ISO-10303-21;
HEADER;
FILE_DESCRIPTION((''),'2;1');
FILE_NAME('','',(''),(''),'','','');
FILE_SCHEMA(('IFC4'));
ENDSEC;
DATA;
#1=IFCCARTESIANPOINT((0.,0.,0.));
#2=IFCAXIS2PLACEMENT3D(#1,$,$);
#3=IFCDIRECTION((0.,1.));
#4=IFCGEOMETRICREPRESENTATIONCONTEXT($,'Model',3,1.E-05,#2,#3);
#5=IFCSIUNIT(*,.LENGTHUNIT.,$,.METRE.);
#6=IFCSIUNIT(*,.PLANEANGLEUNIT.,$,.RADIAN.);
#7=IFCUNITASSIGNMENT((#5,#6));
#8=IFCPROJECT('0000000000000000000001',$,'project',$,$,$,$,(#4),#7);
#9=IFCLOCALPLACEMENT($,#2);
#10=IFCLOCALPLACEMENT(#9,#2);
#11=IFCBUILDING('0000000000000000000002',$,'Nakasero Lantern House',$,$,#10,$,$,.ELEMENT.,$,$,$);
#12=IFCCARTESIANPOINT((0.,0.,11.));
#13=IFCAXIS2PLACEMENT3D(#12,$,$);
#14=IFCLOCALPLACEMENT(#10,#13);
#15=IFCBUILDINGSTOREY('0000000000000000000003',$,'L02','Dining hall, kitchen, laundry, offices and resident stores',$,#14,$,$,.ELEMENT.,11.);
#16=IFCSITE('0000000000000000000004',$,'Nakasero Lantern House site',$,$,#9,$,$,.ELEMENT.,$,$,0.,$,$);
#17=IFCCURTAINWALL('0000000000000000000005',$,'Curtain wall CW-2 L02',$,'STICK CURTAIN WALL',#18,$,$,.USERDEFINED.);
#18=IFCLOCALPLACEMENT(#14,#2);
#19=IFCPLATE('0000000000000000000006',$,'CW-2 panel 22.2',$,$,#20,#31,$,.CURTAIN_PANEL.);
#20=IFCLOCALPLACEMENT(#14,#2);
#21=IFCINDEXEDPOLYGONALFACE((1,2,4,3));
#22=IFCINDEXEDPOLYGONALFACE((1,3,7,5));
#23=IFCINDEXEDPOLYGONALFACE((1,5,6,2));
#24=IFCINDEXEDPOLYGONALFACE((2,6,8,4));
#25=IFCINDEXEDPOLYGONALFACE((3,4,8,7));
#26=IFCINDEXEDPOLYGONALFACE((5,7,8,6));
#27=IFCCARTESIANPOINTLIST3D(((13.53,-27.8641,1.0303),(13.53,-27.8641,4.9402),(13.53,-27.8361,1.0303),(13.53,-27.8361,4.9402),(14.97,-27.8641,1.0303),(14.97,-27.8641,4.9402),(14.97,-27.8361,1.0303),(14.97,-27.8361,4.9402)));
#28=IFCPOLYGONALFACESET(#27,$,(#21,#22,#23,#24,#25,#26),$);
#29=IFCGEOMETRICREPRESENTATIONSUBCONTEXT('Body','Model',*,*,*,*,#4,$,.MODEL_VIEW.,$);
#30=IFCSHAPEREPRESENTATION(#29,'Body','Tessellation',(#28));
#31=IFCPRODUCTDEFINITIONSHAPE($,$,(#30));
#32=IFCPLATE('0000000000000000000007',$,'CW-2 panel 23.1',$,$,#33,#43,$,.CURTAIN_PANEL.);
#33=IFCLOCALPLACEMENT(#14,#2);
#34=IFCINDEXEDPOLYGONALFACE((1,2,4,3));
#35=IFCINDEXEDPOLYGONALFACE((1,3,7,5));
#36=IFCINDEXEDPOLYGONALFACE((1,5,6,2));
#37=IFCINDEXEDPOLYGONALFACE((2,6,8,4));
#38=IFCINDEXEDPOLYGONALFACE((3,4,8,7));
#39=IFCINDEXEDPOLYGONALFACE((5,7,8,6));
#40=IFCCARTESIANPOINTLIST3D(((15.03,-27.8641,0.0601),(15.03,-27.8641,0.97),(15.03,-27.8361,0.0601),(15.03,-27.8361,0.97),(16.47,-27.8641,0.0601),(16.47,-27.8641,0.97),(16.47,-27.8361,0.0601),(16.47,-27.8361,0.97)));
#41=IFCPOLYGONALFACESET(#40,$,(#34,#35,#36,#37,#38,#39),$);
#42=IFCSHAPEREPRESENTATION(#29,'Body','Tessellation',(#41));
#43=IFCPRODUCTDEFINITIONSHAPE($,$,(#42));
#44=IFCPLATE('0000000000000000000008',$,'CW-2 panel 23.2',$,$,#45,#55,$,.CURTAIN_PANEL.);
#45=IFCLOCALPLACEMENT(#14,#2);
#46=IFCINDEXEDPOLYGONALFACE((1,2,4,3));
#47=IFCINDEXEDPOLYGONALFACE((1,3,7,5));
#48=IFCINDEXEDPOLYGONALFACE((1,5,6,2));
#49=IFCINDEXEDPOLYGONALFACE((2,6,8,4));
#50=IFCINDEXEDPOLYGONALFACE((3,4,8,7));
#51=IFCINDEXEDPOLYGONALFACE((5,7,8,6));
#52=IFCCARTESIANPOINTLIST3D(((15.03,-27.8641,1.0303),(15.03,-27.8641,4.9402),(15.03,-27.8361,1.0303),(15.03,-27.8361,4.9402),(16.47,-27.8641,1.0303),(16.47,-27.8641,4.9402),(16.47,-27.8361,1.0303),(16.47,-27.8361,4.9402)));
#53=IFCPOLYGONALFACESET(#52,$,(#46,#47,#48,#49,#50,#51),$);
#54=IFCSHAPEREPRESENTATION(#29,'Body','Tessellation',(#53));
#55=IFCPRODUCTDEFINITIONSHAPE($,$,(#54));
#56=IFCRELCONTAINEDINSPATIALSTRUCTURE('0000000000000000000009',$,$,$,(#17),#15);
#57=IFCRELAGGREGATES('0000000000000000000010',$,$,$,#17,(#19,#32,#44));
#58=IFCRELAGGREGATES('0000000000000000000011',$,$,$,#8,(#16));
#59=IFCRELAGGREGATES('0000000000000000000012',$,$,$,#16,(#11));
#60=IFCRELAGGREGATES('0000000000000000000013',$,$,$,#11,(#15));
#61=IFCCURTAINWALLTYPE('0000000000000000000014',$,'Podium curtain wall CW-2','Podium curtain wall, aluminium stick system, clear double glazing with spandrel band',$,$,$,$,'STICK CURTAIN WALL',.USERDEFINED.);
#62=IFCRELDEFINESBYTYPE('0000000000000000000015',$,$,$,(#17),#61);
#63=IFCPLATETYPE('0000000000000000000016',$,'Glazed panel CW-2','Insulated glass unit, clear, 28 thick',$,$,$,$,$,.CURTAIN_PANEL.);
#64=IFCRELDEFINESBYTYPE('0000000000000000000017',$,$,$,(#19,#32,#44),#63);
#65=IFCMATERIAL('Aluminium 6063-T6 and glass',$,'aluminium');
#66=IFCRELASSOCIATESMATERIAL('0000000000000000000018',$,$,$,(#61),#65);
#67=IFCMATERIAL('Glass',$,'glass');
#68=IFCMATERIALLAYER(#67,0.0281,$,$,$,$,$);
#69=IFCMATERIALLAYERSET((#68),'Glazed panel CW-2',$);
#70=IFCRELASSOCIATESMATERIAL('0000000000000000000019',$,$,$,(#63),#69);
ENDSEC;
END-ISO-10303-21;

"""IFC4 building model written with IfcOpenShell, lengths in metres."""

from ifc_helpers import new_model, si_unit, direction, frame, origin, origin_2d, place, context, subcontext, project, spatial, rectangle, extrude, material, layer, layer_set, type_object, element, aggregate, save


model = new_model("IFC4")

# Units and contexts
model_context = context("Model", 3, precision=1e-05, world=origin(), true_north=direction((0.0, 1.0)))
body_context = subcontext(model_context, "Body", "Model", "MODEL_VIEW")
ifc_project = project(units=[si_unit("LENGTHUNIT", "METRE"), si_unit("PLANEANGLEUNIT", "RADIAN")], contexts=[model_context])

# Site, building, storey
site_placement = place(None, origin())
site = spatial("IfcSite", under=ifc_project, at=site_placement, Name="Nakasero Lantern House site", CompositionType="ELEMENT", RefElevation=0.0)
building_placement = place(site_placement, origin())
building = spatial("IfcBuilding", under=site, at=building_placement, Name="Nakasero Lantern House", CompositionType="ELEMENT")
storey_placement = place(building_placement, frame((0.0, 0.0, 11.0)))
storey = spatial("IfcBuildingStorey", under=building, at=storey_placement, Name="L02", Description="Dining hall, kitchen, laundry, offices and resident stores", CompositionType="ELEMENT", Elevation=11.0)

# Curtain wall, plates
ifc_material_1 = material(Name="Aluminium 6063-T6 and glass", Category="aluminium")
curtain_wall_type = type_object("IfcCurtainWallType", Name="Podium curtain wall CW-2", Description="Podium curtain wall, aluminium stick system, clear double glazing with spandrel band", ElementType="STICK CURTAIN WALL", PredefinedType="USERDEFINED", material=ifc_material_1)
curtain_wall_placement = place(storey_placement, origin())
curtain_wall = element("IfcCurtainWall", 1, at=curtain_wall_placement, inside=storey, type_object=curtain_wall_type, Name="Curtain wall CW-2 L02", ObjectType="STICK CURTAIN WALL", PredefinedType="USERDEFINED")
ifc_material_2 = material(Name="Glass", Category="glass")
ifc_layer = layer(ifc_material_2, 0.0281)
ifc_layer_set = layer_set([ifc_layer], Name="Glazed panel CW-2")
plate_type = type_object("IfcPlateType", Name="Glazed panel CW-2", Description="Insulated glass unit, clear, 28 thick", PredefinedType="CURTAIN_PANEL", material=ifc_layer_set)
plate_1_placement = place(storey_placement, frame((14.25, -27.8501, 1.0303), z_axis=(0.0, 0.0, 1.0), x_axis=(1.0, 0.0, 0.0)))
plate_1 = element("IfcPlate", 2, at=plate_1_placement, type_object=plate_type, Name="CW-2 panel 22.2", PredefinedType="CURTAIN_PANEL", context=body_context, shape_type="SweptSolid", body=[
    extrude(rectangle(XDim=1.4399, YDim=0.0281, at=origin_2d()), origin(), (0.0, 0.0, 1.0), 3.9099),
])
plate_2_placement = place(storey_placement, frame((15.75, -27.8501, 0.0601), z_axis=(0.0, 0.0, 1.0), x_axis=(1.0, 0.0, 0.0)))
plate_2 = element("IfcPlate", 3, at=plate_2_placement, type_object=plate_type, Name="CW-2 panel 23.1", PredefinedType="CURTAIN_PANEL", context=body_context, shape_type="SweptSolid", body=[
    extrude(rectangle(XDim=1.4399, YDim=0.0281, at=origin_2d()), origin(), (0.0, 0.0, 1.0), 0.9099),
])
plate_3_placement = place(storey_placement, frame((15.75, -27.8501, 1.0303), z_axis=(0.0, 0.0, 1.0), x_axis=(1.0, 0.0, 0.0)))
plate_3 = element("IfcPlate", 4, at=plate_3_placement, type_object=plate_type, Name="CW-2 panel 23.2", PredefinedType="CURTAIN_PANEL", context=body_context, shape_type="SweptSolid", body=[
    extrude(rectangle(XDim=1.4399, YDim=0.0281, at=origin_2d()), origin(), (0.0, 0.0, 1.0), 3.9099),
])
aggregate(curtain_wall, [plate_1, plate_2, plate_3])

save(model, "model.ifc")
